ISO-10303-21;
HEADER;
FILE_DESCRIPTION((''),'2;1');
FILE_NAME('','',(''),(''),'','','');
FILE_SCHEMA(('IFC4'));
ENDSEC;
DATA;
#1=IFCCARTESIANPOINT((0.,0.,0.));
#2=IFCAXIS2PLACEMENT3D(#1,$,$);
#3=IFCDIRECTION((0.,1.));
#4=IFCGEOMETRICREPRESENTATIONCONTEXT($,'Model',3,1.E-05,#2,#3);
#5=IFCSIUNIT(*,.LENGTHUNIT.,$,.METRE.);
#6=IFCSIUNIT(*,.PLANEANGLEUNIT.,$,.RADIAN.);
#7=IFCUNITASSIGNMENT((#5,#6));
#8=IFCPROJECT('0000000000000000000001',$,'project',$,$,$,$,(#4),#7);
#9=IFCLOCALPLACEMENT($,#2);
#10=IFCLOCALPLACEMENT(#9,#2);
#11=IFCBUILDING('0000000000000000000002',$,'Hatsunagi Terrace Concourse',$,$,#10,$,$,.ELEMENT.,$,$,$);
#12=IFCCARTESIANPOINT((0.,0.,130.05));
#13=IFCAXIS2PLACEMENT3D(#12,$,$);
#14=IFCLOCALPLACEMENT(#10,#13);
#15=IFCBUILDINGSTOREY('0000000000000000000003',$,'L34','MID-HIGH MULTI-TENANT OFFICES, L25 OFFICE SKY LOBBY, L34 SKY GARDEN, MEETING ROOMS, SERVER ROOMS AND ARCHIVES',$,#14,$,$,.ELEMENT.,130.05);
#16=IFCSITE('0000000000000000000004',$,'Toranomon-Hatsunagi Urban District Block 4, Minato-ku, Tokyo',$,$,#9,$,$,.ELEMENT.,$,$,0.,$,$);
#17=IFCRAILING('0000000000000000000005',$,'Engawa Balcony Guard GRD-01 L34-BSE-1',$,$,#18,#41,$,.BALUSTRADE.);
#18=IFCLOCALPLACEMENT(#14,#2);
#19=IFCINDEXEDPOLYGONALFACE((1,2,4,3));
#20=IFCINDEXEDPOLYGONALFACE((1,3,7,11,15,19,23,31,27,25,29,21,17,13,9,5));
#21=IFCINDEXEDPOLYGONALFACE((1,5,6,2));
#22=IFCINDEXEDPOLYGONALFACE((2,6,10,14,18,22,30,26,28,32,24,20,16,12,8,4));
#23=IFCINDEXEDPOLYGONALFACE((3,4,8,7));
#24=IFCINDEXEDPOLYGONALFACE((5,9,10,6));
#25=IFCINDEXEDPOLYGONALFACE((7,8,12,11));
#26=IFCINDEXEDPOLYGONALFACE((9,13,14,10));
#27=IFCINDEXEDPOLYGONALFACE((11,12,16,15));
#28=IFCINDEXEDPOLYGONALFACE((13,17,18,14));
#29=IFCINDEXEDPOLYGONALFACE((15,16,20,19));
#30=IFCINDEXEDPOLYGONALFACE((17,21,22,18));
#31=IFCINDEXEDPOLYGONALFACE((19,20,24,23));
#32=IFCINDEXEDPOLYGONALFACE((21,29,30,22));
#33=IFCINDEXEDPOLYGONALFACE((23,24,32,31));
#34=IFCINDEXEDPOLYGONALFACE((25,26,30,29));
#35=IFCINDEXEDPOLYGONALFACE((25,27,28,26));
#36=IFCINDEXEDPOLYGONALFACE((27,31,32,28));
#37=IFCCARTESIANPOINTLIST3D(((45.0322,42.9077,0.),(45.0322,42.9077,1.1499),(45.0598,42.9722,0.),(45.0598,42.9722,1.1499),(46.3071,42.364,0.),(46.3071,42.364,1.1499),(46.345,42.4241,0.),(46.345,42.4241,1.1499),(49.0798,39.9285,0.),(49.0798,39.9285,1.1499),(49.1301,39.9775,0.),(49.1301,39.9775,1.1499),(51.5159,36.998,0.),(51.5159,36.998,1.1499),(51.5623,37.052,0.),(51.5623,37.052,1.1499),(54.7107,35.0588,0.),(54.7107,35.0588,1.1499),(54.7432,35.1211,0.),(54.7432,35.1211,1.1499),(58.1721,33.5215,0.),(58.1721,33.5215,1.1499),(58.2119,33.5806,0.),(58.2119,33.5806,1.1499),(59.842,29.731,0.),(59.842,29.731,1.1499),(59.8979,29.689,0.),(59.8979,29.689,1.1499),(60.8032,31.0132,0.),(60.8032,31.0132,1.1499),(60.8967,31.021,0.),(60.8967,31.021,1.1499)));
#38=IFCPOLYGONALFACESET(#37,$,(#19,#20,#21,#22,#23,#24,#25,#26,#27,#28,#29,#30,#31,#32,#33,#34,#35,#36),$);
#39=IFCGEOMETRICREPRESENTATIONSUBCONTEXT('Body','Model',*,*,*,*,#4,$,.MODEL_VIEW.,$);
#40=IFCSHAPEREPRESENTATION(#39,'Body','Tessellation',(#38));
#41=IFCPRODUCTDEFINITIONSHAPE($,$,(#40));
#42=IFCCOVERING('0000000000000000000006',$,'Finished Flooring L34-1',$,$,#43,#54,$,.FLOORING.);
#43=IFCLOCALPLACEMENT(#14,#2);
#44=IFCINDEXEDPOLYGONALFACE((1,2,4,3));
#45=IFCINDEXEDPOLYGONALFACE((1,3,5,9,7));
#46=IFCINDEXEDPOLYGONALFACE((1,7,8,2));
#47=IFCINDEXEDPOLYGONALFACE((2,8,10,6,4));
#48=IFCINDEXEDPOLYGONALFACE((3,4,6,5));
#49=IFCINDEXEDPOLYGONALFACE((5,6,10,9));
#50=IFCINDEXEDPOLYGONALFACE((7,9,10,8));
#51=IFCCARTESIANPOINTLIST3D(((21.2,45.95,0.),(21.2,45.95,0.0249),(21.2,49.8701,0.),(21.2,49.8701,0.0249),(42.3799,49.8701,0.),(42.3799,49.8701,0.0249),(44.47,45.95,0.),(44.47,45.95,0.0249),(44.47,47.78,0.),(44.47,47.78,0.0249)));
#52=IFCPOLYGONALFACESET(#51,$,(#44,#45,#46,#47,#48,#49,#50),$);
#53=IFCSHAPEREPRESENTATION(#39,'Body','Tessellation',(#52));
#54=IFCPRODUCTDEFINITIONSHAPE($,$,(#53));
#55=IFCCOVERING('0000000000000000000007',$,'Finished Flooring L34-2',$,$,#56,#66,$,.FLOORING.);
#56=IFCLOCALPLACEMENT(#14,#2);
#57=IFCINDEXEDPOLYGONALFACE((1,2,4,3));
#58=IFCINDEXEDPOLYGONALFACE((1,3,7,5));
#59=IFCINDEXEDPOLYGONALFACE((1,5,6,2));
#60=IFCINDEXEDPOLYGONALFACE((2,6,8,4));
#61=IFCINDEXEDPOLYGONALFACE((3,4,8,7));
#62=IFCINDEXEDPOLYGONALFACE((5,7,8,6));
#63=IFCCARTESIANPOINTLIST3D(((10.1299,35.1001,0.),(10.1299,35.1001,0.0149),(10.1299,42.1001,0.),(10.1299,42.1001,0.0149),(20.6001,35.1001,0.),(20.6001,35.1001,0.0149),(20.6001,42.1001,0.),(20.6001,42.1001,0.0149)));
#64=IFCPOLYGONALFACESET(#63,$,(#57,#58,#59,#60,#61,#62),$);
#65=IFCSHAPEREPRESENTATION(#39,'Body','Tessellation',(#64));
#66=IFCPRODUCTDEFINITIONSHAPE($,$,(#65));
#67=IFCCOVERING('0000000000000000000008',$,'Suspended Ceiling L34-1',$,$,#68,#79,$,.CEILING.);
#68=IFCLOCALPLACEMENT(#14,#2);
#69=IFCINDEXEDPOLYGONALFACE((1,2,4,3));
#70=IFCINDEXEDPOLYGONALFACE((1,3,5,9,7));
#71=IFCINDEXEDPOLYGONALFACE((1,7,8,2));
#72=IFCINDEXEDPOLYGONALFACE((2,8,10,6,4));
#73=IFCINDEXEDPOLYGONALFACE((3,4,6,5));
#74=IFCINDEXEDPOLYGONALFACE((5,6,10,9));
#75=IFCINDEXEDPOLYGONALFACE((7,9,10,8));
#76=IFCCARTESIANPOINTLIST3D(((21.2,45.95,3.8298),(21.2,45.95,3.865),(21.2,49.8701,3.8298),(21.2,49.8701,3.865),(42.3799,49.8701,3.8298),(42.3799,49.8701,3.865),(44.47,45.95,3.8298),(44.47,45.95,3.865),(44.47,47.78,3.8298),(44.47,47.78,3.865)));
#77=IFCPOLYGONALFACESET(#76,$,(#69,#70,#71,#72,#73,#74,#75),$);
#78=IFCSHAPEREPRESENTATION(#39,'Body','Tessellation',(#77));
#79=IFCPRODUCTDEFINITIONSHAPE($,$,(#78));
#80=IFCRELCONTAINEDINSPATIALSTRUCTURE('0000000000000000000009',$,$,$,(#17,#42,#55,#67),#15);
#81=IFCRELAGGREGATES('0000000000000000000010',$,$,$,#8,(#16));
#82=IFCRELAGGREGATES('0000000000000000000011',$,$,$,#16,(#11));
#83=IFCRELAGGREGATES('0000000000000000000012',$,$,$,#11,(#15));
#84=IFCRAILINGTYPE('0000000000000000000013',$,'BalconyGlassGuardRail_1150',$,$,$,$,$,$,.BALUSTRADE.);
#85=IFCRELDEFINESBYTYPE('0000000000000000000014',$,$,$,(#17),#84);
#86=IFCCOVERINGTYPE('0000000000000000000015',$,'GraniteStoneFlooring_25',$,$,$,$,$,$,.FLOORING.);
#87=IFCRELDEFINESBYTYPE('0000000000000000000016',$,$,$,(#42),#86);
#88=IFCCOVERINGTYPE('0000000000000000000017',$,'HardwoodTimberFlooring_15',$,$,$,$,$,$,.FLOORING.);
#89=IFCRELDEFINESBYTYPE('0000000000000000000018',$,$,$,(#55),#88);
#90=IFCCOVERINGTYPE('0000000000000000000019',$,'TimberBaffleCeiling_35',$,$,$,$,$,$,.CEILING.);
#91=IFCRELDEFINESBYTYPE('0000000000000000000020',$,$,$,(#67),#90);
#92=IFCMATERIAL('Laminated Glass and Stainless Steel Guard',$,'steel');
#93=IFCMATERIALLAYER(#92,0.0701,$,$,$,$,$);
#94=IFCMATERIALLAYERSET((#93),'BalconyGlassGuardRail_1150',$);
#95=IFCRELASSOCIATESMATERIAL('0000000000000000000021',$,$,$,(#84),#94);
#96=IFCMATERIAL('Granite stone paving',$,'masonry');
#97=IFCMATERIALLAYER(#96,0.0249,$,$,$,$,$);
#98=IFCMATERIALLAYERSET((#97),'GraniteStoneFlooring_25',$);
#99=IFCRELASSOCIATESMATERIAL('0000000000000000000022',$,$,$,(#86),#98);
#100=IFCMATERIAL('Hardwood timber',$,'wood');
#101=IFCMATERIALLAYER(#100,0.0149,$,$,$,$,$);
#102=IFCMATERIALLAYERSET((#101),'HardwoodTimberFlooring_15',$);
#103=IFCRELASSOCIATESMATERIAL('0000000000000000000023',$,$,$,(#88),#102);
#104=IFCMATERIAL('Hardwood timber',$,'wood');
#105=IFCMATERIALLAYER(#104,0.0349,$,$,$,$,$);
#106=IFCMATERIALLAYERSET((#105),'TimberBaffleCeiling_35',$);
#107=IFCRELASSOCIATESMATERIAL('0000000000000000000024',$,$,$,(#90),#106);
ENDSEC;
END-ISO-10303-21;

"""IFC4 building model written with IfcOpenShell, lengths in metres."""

from ifc_helpers import new_model, si_unit, direction, frame, origin, place, context, subcontext, project, spatial, polyline, outline, extrude, material, layer, layer_set, type_object, element, save


model = new_model("IFC4")

# Units and contexts
model_context = context("Model", 3, precision=1e-05, world=origin(), true_north=direction((0.0, 1.0)))
body_context = subcontext(model_context, "Body", "Model", "MODEL_VIEW")
ifc_project = project(units=[si_unit("LENGTHUNIT", "METRE"), si_unit("PLANEANGLEUNIT", "RADIAN")], contexts=[model_context])

# Site, building, storey
site_placement = place(None, origin())
site = spatial("IfcSite", under=ifc_project, at=site_placement, Name="Toranomon-Hatsunagi Urban District Block 4, Minato-ku, Tokyo", CompositionType="ELEMENT", RefElevation=0.0)
building_placement = place(site_placement, origin())
building = spatial("IfcBuilding", under=site, at=building_placement, Name="Hatsunagi Terrace Concourse", CompositionType="ELEMENT")
storey_placement = place(building_placement, frame((0.0, 0.0, 130.05)))
storey = spatial("IfcBuildingStorey", under=building, at=storey_placement, Name="L34", Description="MID-HIGH MULTI-TENANT OFFICES, L25 OFFICE SKY LOBBY, L34 SKY GARDEN, MEETING ROOMS, SERVER ROOMS AND ARCHIVES", CompositionType="ELEMENT", Elevation=130.05)

# Railing
ifc_material_1 = material(Name="Laminated Glass and Stainless Steel Guard", Category="steel")
ifc_layer_1 = layer(ifc_material_1, 0.0701)
ifc_layer_set_1 = layer_set([ifc_layer_1], Name="BalconyGlassGuardRail_1150")
railing_type = type_object("IfcRailingType", Name="BalconyGlassGuardRail_1150", PredefinedType="BALUSTRADE", material=ifc_layer_set_1)
railing_1_placement = place(storey_placement, origin())
element("IfcRailing", 1, at=railing_1_placement, inside=storey, type_object=railing_type, Name="Engawa Balcony Guard GRD-01 L34-BSE-1", PredefinedType="BALUSTRADE", context=body_context, shape_type="SweptSolid", body=[
    extrude(outline(polyline([(45.0598, 42.9722), (45.0322, 42.9077), (46.3071, 42.364), (49.0798, 39.9285), (51.5159, 36.998), (54.7107, 35.0588), (58.1721, 33.5215), (60.8032, 31.0132), (59.842, 29.731), (59.8979, 29.689), (60.8967, 31.021), (58.2119, 33.5806), (54.7432, 35.1211), (51.5623, 37.052), (49.1301, 39.9775), (46.345, 42.4241), (45.0598, 42.9722)])), origin(), (0.0, 0.0, 1.0), 1.1499),
])

# Coverings
ifc_material_2 = material(Name="Granite stone paving", Category="masonry")
ifc_layer_2 = layer(ifc_material_2, 0.0249)
ifc_layer_set_2 = layer_set([ifc_layer_2], Name="GraniteStoneFlooring_25")
covering_type_1 = type_object("IfcCoveringType", Name="GraniteStoneFlooring_25", PredefinedType="FLOORING", material=ifc_layer_set_2)
covering_1_placement = place(storey_placement, origin())
element("IfcCovering", 2, at=covering_1_placement, inside=storey, type_object=covering_type_1, Name="Finished Flooring L34-1", PredefinedType="FLOORING", context=body_context, shape_type="SweptSolid", body=[
    extrude(outline(polyline([(42.3799, 49.8701), (21.2, 49.8701), (21.2, 45.95), (44.47, 45.95), (44.47, 47.78), (42.3799, 49.8701)])), origin(), (0.0, 0.0, 1.0), 0.0249),
])
ifc_material_3 = material(Name="Hardwood timber", Category="wood")
ifc_layer_3 = layer(ifc_material_3, 0.0149)
ifc_layer_set_3 = layer_set([ifc_layer_3], Name="HardwoodTimberFlooring_15")
covering_type_2 = type_object("IfcCoveringType", Name="HardwoodTimberFlooring_15", PredefinedType="FLOORING", material=ifc_layer_set_3)
covering_2_placement = place(storey_placement, origin())
element("IfcCovering", 3, at=covering_2_placement, inside=storey, type_object=covering_type_2, Name="Finished Flooring L34-2", PredefinedType="FLOORING", context=body_context, shape_type="SweptSolid", body=[
    extrude(outline(polyline([(10.1299, 35.1001), (20.6001, 35.1001), (20.6001, 42.1001), (10.1299, 42.1001), (10.1299, 35.1001)])), origin(), (0.0, 0.0, 1.0), 0.0149),
])
ifc_material_4 = material(Name="Hardwood timber", Category="wood")
ifc_layer_4 = layer(ifc_material_4, 0.0349)
ifc_layer_set_4 = layer_set([ifc_layer_4], Name="TimberBaffleCeiling_35")
covering_type_3 = type_object("IfcCoveringType", Name="TimberBaffleCeiling_35", PredefinedType="CEILING", material=ifc_layer_set_4)
covering_3_placement = place(storey_placement, frame((0.0, 0.0, 3.8298)))
element("IfcCovering", 4, at=covering_3_placement, inside=storey, type_object=covering_type_3, Name="Suspended Ceiling L34-1", PredefinedType="CEILING", context=body_context, shape_type="SweptSolid", body=[
    extrude(outline(polyline([(42.3799, 49.8701), (21.2, 49.8701), (21.2, 45.95), (44.47, 45.95), (44.47, 47.78), (42.3799, 49.8701)])), origin(), (0.0, 0.0, 1.0), 0.0352),
])

save(model, "model.ifc")
